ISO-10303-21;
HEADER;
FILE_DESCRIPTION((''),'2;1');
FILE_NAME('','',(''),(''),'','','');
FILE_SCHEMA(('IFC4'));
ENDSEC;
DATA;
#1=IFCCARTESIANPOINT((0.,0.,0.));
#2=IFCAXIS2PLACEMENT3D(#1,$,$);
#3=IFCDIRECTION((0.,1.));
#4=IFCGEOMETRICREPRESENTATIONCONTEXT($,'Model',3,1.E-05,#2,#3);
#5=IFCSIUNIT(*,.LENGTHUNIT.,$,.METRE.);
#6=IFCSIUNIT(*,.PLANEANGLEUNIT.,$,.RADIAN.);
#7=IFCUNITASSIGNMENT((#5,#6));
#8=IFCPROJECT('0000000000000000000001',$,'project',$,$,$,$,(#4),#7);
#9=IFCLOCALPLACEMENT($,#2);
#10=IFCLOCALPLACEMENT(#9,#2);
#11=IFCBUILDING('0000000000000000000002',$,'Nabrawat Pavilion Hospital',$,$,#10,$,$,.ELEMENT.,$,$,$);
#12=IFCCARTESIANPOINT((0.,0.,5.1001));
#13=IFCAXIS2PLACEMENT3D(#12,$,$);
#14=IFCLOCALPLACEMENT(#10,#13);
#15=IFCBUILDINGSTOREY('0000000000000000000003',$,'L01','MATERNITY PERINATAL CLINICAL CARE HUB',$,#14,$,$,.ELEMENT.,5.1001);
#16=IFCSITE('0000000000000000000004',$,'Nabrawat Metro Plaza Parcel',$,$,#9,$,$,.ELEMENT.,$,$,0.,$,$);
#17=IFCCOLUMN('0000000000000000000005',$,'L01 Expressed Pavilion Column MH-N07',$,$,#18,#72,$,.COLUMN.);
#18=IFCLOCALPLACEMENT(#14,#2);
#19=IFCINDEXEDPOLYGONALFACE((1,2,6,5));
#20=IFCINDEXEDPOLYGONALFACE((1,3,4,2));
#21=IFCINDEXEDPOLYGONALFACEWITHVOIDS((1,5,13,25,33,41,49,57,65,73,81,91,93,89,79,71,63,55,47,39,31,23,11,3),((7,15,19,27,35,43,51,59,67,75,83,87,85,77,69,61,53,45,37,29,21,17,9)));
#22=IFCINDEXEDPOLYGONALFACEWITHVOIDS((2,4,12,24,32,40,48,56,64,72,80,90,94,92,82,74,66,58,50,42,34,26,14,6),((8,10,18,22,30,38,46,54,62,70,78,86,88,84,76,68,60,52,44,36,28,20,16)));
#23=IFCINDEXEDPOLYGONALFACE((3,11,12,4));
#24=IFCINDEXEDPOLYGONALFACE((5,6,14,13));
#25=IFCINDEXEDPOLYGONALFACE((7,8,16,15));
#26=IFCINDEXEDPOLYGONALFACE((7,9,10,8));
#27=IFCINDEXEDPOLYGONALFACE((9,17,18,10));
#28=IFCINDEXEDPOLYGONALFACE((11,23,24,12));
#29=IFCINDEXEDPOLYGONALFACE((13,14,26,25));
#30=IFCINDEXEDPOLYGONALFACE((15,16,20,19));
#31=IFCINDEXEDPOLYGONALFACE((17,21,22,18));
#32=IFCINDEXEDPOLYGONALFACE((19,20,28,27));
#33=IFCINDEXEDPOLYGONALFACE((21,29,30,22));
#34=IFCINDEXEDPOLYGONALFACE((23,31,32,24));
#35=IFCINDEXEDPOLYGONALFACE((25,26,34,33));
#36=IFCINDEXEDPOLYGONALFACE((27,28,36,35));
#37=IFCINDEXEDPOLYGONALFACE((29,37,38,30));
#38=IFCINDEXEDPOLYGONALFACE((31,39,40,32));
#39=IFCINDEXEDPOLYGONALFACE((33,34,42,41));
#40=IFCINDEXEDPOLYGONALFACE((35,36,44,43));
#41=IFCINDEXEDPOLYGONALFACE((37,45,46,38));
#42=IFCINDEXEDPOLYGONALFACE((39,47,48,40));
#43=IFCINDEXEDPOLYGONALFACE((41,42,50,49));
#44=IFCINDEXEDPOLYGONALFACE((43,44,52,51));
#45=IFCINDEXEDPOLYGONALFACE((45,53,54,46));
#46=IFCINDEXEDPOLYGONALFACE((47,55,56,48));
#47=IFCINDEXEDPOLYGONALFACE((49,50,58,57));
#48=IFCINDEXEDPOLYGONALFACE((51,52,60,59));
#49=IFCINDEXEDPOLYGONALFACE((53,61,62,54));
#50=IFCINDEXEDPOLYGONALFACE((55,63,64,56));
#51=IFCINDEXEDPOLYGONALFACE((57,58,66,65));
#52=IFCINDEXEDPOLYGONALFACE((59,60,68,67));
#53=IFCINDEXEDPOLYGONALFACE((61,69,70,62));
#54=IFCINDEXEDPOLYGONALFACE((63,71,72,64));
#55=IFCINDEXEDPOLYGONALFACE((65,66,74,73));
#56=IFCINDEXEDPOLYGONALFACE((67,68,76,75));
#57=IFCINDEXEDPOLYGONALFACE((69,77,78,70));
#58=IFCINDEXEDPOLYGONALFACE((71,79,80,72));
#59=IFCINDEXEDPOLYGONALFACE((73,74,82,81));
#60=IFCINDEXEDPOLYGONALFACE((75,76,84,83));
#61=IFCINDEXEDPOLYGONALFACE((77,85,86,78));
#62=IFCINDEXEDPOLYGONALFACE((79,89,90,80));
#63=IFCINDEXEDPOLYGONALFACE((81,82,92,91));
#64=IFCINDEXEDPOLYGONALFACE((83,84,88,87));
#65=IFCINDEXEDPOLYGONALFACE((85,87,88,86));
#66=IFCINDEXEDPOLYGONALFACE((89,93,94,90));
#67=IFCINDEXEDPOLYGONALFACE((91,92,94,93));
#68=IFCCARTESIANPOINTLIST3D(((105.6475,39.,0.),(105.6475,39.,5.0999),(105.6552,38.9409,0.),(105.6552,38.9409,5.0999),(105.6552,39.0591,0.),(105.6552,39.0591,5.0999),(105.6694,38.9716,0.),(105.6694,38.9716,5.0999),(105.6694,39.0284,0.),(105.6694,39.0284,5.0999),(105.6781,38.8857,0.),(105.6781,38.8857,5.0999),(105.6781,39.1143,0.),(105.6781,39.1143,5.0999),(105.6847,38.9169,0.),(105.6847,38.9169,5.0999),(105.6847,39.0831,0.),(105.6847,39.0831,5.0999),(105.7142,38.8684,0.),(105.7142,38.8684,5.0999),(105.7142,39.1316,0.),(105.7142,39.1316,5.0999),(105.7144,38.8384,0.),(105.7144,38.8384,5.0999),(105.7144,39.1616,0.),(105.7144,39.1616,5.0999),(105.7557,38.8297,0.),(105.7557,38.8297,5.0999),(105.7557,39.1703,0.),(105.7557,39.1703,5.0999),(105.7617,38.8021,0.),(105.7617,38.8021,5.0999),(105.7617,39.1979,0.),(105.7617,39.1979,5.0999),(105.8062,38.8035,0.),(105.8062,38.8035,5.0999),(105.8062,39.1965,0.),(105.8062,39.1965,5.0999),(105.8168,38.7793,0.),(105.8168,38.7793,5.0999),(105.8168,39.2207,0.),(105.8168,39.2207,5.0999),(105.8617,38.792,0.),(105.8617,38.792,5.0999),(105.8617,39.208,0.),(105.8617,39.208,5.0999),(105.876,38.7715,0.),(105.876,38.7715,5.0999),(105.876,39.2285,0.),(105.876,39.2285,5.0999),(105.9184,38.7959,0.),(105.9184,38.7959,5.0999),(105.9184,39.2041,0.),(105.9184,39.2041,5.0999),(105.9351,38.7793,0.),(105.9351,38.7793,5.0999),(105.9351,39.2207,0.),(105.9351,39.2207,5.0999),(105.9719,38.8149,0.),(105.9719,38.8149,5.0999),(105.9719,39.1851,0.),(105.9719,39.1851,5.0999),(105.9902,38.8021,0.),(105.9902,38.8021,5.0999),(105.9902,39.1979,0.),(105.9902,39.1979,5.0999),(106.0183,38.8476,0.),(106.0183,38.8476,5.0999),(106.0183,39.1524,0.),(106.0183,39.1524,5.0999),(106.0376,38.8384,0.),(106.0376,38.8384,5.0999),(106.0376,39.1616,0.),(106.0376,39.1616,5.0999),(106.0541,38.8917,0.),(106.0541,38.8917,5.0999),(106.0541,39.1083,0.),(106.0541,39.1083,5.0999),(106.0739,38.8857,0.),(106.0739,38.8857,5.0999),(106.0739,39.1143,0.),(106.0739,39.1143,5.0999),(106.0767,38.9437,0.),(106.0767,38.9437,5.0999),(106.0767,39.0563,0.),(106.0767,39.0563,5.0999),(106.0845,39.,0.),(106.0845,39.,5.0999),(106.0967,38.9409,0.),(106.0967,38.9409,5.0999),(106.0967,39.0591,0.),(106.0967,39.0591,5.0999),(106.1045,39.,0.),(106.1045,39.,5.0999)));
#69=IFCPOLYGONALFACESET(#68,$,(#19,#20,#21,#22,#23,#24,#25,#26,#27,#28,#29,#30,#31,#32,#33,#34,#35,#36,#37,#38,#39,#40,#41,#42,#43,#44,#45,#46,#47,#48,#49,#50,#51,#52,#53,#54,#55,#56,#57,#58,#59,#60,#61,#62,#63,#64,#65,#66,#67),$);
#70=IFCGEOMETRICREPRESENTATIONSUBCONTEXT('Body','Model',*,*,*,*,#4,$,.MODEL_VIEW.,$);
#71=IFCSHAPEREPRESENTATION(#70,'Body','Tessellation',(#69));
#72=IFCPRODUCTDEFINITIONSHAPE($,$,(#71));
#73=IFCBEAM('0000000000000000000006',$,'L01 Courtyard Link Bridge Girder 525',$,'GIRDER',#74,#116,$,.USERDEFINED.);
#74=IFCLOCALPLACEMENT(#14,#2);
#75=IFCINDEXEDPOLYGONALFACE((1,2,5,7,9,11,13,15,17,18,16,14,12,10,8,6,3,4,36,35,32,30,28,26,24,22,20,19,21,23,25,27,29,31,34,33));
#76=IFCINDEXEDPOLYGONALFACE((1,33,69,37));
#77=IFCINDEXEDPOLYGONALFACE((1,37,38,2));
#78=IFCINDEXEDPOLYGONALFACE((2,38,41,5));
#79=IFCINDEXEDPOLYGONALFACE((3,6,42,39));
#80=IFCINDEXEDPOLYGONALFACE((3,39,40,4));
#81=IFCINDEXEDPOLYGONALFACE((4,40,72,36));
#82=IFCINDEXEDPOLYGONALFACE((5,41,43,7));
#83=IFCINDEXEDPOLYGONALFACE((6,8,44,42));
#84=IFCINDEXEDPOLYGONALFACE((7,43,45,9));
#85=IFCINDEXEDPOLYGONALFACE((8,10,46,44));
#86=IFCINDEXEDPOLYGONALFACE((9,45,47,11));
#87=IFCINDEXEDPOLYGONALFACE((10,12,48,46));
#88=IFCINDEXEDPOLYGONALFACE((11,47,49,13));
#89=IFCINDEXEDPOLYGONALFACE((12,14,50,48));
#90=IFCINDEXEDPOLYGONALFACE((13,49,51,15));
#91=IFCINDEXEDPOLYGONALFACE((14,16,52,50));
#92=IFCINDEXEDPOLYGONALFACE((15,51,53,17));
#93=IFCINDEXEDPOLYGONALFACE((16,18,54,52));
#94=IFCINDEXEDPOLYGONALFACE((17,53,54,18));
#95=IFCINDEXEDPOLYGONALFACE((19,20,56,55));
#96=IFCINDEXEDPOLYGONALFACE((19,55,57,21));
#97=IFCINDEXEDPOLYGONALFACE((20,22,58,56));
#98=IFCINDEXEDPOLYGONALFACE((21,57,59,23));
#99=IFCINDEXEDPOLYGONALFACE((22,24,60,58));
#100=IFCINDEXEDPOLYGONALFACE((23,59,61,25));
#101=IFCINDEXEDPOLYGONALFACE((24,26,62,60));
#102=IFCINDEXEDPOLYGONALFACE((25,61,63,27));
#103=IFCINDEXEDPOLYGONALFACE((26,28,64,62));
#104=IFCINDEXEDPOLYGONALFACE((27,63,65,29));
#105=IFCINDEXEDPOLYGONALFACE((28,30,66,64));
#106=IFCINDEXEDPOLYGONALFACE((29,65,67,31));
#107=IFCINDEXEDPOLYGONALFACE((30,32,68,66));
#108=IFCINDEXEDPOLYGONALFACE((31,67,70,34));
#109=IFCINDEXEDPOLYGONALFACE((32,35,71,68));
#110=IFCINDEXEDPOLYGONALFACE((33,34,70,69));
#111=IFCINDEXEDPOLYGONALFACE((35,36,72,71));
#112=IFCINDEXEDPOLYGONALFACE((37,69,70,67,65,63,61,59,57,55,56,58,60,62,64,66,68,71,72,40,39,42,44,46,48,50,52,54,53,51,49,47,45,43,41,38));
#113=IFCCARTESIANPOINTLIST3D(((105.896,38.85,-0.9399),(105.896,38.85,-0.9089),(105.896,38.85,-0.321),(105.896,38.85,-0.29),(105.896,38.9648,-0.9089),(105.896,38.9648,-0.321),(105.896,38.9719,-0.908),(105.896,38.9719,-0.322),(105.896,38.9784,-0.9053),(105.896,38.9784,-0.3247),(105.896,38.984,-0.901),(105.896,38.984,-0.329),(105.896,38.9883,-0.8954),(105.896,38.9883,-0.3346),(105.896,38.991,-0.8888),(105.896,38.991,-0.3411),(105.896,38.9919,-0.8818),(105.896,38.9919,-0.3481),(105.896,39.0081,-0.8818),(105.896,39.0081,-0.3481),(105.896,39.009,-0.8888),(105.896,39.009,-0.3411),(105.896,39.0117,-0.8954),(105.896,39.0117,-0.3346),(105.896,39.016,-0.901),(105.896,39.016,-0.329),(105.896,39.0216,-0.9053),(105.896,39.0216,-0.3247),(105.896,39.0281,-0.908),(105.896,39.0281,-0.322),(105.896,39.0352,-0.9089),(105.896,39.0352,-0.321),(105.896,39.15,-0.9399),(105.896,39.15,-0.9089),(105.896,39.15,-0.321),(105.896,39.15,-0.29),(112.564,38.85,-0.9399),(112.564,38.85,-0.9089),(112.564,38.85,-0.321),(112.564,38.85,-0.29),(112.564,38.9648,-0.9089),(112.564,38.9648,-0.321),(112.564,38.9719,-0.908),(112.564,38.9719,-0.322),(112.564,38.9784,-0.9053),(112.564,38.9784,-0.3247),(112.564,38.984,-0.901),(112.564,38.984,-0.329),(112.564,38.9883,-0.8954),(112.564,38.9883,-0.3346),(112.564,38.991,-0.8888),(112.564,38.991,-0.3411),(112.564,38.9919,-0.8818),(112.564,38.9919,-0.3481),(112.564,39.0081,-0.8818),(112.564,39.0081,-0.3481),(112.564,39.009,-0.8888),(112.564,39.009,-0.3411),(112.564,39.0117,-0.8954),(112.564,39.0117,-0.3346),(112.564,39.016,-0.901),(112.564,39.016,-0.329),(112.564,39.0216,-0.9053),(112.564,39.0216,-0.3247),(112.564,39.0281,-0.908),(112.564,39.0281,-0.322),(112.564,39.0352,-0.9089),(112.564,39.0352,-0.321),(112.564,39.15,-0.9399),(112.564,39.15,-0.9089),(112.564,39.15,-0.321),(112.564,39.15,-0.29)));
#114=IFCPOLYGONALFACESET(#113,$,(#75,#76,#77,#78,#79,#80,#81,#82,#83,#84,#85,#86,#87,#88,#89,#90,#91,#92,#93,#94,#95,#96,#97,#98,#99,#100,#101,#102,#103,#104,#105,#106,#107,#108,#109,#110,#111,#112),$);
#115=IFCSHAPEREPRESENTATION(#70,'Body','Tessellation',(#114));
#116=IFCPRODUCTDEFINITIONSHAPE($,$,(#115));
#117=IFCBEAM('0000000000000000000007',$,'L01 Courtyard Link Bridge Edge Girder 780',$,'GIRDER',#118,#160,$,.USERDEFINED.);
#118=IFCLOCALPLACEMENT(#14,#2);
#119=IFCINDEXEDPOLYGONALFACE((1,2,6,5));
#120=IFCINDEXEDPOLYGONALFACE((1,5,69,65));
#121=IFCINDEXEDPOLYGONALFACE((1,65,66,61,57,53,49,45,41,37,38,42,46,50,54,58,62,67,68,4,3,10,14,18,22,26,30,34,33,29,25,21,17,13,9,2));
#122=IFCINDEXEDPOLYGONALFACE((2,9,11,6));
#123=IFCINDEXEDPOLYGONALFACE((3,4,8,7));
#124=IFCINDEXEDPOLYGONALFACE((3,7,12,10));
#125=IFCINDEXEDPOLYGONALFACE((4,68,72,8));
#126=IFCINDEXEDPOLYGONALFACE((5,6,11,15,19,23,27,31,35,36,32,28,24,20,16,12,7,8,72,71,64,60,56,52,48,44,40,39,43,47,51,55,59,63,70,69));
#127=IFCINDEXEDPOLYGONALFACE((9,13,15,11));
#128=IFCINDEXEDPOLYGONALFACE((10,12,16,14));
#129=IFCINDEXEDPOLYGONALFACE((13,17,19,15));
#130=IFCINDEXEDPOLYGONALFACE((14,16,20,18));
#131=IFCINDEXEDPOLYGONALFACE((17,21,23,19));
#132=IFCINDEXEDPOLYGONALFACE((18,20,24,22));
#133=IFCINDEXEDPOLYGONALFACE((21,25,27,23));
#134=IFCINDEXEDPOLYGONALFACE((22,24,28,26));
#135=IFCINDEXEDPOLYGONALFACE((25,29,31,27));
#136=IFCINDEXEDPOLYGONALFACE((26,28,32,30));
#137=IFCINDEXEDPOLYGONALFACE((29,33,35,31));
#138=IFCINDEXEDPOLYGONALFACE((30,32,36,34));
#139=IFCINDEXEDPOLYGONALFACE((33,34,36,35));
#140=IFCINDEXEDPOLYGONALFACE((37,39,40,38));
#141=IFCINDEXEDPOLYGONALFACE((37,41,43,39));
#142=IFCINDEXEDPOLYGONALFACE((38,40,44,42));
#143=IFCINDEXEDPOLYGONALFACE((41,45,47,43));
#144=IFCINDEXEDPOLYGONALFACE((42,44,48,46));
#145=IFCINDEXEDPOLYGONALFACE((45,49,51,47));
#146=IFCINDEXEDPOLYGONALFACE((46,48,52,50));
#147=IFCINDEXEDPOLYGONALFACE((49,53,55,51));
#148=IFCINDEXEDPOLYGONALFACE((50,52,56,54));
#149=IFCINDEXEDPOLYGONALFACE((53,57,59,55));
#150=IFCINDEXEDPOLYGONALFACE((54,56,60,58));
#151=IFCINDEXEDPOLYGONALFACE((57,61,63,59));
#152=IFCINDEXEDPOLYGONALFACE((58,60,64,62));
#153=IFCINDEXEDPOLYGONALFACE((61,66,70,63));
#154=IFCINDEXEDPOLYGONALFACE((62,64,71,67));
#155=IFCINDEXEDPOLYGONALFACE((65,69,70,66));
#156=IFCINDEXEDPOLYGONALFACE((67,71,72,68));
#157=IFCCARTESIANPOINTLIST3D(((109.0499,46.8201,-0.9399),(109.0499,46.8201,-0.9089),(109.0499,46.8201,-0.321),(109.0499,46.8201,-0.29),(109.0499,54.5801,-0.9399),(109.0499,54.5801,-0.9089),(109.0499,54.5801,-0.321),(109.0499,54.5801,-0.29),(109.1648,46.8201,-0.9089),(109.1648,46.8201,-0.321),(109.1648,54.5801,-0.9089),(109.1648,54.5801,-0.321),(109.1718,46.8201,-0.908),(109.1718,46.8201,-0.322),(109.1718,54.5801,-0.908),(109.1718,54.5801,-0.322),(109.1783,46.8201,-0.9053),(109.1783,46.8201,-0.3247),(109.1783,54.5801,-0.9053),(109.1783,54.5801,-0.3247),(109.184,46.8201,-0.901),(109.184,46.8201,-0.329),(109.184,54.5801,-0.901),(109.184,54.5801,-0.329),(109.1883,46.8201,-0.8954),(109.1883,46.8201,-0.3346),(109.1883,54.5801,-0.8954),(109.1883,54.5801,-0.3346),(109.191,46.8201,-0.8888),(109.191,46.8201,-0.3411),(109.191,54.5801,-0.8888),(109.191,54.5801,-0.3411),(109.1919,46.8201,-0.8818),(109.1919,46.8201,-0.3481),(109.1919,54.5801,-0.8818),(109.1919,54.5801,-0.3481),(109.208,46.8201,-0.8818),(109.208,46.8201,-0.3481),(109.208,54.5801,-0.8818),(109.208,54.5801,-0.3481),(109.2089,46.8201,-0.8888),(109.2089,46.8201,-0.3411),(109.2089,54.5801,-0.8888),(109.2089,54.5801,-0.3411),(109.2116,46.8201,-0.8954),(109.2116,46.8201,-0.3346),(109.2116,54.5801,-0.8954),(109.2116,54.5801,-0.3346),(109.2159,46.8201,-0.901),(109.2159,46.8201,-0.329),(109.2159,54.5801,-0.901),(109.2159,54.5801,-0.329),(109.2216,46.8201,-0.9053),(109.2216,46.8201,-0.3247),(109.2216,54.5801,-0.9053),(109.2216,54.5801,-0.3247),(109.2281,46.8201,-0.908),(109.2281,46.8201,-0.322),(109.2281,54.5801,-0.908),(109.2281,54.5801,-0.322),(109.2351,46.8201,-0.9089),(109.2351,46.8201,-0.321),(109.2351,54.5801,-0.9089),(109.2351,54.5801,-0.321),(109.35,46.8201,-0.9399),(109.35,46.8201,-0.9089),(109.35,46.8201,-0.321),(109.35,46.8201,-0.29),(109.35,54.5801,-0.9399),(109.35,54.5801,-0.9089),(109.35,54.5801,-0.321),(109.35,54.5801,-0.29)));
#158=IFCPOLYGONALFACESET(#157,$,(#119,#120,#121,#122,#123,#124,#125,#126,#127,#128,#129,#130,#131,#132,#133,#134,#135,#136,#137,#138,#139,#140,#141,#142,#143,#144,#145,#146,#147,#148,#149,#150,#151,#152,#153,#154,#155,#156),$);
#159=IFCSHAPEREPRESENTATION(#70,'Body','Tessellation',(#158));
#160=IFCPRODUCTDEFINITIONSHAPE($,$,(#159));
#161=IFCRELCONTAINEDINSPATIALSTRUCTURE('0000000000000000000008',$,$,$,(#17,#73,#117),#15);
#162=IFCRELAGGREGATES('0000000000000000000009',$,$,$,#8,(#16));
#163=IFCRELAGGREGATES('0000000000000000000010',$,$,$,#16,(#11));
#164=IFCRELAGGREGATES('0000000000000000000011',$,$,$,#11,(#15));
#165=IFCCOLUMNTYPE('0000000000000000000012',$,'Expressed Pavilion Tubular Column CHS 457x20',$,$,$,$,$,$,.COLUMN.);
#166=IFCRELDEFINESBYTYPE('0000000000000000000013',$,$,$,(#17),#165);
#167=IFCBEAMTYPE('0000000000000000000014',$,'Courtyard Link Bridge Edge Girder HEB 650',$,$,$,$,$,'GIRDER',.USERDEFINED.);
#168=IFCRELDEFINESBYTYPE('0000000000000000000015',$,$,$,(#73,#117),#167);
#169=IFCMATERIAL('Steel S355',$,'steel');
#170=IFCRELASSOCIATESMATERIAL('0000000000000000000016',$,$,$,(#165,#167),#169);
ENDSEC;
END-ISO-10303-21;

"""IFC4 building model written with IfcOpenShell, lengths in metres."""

from ifc_helpers import new_model, si_unit, direction, frame, origin, origin_2d, place, context, subcontext, project, spatial, hollow_circle, i_section, extrude, material, material_profile, profile_set, type_object, element, save


model = new_model("IFC4")

# Units and contexts
model_context = context("Model", 3, precision=1e-05, world=origin(), true_north=direction((0.0, 1.0)))
body_context = subcontext(model_context, "Body", "Model", "MODEL_VIEW")
ifc_project = project(units=[si_unit("LENGTHUNIT", "METRE"), si_unit("PLANEANGLEUNIT", "RADIAN")], contexts=[model_context])

# Site, building, storey
site_placement = place(None, origin())
site = spatial("IfcSite", under=ifc_project, at=site_placement, Name="Nabrawat Metro Plaza Parcel", CompositionType="ELEMENT", RefElevation=0.0)
building_placement = place(site_placement, origin())
building = spatial("IfcBuilding", under=site, at=building_placement, Name="Nabrawat Pavilion Hospital", CompositionType="ELEMENT")
storey_placement = place(building_placement, frame((0.0, 0.0, 5.1001)))
storey = spatial("IfcBuildingStorey", under=building, at=storey_placement, Name="L01", Description="MATERNITY PERINATAL CLINICAL CARE HUB", CompositionType="ELEMENT", Elevation=5.1001)

# Column
ifc_material_1 = material(Name="Steel S355", Category="steel")
ifc_material_profile_1 = material_profile(ifc_material_1, hollow_circle(Radius=0.2285, WallThickness=0.02, at=origin_2d()), Name="CHS 457x20")
ifc_profile_set_1 = profile_set([ifc_material_profile_1], Name="Steel S355")
column_type_1 = type_object("IfcColumnType", Name="Expressed Pavilion Tubular Column CHS 457x20", PredefinedType="COLUMN", material=ifc_profile_set_1)
for number, where, z_axis, x_axis, name in (
    (1, (105.876, 39.0, 0.0), (0.0, 0.0, 1.0), (1.0, 0.0, 0.0), "L01 Expressed Pavilion Column MH-N07"),
):
    element("IfcColumn", number, at=place(storey_placement, frame(where, z_axis=z_axis, x_axis=x_axis)), inside=storey, type_object=column_type_1, Name=name, PredefinedType="COLUMN", context=body_context, shape_type="SweptSolid", body=[
        extrude(hollow_circle(Radius=0.2285, WallThickness=0.02, at=origin_2d()), origin(), (0.0, 0.0, 1.0), 5.0999),
    ])

# Beams
ifc_material_profile_2 = material_profile(ifc_material_1, i_section(OverallWidth=0.3, OverallDepth=0.6499, WebThickness=0.0161, FlangeThickness=0.031, FilletRadius=0.0271, at=origin_2d()), Name="HEB 650")
ifc_profile_set_2 = profile_set([ifc_material_profile_2], Name="Steel S355")
beam_type_1 = type_object("IfcBeamType", Name="Courtyard Link Bridge Edge Girder HEB 650", ElementType="GIRDER", PredefinedType="USERDEFINED", material=ifc_profile_set_2)
beam_1_placement = place(storey_placement, frame((105.896, 39.0, -0.615), z_axis=(1.0, 0.0, 0.0), x_axis=(0.0, 1.0, 0.0)))
element("IfcBeam", 2, at=beam_1_placement, inside=storey, type_object=beam_type_1, Name="L01 Courtyard Link Bridge Girder 525", ObjectType="GIRDER", PredefinedType="USERDEFINED", context=body_context, shape_type="SweptSolid", body=[
    extrude(i_section(OverallWidth=0.3, OverallDepth=0.6499, WebThickness=0.0161, FlangeThickness=0.031, FilletRadius=0.0271, at=origin_2d()), origin(), (0.0, 0.0, 1.0), 6.668),
])
beam_2_placement = place(storey_placement, frame((109.2, 46.8201, -0.615), z_axis=(0.0, 1.0, 0.0), x_axis=(-1.0, 0.0, 0.0)))
element("IfcBeam", 3, at=beam_2_placement, inside=storey, type_object=beam_type_1, Name="L01 Courtyard Link Bridge Edge Girder 780", ObjectType="GIRDER", PredefinedType="USERDEFINED", context=body_context, shape_type="SweptSolid", body=[
    extrude(i_section(OverallWidth=0.3, OverallDepth=0.6499, WebThickness=0.0161, FlangeThickness=0.031, FilletRadius=0.0271, at=origin_2d()), origin(), (0.0, 0.0, 1.0), 7.76),
])

save(model, "model.ifc")
